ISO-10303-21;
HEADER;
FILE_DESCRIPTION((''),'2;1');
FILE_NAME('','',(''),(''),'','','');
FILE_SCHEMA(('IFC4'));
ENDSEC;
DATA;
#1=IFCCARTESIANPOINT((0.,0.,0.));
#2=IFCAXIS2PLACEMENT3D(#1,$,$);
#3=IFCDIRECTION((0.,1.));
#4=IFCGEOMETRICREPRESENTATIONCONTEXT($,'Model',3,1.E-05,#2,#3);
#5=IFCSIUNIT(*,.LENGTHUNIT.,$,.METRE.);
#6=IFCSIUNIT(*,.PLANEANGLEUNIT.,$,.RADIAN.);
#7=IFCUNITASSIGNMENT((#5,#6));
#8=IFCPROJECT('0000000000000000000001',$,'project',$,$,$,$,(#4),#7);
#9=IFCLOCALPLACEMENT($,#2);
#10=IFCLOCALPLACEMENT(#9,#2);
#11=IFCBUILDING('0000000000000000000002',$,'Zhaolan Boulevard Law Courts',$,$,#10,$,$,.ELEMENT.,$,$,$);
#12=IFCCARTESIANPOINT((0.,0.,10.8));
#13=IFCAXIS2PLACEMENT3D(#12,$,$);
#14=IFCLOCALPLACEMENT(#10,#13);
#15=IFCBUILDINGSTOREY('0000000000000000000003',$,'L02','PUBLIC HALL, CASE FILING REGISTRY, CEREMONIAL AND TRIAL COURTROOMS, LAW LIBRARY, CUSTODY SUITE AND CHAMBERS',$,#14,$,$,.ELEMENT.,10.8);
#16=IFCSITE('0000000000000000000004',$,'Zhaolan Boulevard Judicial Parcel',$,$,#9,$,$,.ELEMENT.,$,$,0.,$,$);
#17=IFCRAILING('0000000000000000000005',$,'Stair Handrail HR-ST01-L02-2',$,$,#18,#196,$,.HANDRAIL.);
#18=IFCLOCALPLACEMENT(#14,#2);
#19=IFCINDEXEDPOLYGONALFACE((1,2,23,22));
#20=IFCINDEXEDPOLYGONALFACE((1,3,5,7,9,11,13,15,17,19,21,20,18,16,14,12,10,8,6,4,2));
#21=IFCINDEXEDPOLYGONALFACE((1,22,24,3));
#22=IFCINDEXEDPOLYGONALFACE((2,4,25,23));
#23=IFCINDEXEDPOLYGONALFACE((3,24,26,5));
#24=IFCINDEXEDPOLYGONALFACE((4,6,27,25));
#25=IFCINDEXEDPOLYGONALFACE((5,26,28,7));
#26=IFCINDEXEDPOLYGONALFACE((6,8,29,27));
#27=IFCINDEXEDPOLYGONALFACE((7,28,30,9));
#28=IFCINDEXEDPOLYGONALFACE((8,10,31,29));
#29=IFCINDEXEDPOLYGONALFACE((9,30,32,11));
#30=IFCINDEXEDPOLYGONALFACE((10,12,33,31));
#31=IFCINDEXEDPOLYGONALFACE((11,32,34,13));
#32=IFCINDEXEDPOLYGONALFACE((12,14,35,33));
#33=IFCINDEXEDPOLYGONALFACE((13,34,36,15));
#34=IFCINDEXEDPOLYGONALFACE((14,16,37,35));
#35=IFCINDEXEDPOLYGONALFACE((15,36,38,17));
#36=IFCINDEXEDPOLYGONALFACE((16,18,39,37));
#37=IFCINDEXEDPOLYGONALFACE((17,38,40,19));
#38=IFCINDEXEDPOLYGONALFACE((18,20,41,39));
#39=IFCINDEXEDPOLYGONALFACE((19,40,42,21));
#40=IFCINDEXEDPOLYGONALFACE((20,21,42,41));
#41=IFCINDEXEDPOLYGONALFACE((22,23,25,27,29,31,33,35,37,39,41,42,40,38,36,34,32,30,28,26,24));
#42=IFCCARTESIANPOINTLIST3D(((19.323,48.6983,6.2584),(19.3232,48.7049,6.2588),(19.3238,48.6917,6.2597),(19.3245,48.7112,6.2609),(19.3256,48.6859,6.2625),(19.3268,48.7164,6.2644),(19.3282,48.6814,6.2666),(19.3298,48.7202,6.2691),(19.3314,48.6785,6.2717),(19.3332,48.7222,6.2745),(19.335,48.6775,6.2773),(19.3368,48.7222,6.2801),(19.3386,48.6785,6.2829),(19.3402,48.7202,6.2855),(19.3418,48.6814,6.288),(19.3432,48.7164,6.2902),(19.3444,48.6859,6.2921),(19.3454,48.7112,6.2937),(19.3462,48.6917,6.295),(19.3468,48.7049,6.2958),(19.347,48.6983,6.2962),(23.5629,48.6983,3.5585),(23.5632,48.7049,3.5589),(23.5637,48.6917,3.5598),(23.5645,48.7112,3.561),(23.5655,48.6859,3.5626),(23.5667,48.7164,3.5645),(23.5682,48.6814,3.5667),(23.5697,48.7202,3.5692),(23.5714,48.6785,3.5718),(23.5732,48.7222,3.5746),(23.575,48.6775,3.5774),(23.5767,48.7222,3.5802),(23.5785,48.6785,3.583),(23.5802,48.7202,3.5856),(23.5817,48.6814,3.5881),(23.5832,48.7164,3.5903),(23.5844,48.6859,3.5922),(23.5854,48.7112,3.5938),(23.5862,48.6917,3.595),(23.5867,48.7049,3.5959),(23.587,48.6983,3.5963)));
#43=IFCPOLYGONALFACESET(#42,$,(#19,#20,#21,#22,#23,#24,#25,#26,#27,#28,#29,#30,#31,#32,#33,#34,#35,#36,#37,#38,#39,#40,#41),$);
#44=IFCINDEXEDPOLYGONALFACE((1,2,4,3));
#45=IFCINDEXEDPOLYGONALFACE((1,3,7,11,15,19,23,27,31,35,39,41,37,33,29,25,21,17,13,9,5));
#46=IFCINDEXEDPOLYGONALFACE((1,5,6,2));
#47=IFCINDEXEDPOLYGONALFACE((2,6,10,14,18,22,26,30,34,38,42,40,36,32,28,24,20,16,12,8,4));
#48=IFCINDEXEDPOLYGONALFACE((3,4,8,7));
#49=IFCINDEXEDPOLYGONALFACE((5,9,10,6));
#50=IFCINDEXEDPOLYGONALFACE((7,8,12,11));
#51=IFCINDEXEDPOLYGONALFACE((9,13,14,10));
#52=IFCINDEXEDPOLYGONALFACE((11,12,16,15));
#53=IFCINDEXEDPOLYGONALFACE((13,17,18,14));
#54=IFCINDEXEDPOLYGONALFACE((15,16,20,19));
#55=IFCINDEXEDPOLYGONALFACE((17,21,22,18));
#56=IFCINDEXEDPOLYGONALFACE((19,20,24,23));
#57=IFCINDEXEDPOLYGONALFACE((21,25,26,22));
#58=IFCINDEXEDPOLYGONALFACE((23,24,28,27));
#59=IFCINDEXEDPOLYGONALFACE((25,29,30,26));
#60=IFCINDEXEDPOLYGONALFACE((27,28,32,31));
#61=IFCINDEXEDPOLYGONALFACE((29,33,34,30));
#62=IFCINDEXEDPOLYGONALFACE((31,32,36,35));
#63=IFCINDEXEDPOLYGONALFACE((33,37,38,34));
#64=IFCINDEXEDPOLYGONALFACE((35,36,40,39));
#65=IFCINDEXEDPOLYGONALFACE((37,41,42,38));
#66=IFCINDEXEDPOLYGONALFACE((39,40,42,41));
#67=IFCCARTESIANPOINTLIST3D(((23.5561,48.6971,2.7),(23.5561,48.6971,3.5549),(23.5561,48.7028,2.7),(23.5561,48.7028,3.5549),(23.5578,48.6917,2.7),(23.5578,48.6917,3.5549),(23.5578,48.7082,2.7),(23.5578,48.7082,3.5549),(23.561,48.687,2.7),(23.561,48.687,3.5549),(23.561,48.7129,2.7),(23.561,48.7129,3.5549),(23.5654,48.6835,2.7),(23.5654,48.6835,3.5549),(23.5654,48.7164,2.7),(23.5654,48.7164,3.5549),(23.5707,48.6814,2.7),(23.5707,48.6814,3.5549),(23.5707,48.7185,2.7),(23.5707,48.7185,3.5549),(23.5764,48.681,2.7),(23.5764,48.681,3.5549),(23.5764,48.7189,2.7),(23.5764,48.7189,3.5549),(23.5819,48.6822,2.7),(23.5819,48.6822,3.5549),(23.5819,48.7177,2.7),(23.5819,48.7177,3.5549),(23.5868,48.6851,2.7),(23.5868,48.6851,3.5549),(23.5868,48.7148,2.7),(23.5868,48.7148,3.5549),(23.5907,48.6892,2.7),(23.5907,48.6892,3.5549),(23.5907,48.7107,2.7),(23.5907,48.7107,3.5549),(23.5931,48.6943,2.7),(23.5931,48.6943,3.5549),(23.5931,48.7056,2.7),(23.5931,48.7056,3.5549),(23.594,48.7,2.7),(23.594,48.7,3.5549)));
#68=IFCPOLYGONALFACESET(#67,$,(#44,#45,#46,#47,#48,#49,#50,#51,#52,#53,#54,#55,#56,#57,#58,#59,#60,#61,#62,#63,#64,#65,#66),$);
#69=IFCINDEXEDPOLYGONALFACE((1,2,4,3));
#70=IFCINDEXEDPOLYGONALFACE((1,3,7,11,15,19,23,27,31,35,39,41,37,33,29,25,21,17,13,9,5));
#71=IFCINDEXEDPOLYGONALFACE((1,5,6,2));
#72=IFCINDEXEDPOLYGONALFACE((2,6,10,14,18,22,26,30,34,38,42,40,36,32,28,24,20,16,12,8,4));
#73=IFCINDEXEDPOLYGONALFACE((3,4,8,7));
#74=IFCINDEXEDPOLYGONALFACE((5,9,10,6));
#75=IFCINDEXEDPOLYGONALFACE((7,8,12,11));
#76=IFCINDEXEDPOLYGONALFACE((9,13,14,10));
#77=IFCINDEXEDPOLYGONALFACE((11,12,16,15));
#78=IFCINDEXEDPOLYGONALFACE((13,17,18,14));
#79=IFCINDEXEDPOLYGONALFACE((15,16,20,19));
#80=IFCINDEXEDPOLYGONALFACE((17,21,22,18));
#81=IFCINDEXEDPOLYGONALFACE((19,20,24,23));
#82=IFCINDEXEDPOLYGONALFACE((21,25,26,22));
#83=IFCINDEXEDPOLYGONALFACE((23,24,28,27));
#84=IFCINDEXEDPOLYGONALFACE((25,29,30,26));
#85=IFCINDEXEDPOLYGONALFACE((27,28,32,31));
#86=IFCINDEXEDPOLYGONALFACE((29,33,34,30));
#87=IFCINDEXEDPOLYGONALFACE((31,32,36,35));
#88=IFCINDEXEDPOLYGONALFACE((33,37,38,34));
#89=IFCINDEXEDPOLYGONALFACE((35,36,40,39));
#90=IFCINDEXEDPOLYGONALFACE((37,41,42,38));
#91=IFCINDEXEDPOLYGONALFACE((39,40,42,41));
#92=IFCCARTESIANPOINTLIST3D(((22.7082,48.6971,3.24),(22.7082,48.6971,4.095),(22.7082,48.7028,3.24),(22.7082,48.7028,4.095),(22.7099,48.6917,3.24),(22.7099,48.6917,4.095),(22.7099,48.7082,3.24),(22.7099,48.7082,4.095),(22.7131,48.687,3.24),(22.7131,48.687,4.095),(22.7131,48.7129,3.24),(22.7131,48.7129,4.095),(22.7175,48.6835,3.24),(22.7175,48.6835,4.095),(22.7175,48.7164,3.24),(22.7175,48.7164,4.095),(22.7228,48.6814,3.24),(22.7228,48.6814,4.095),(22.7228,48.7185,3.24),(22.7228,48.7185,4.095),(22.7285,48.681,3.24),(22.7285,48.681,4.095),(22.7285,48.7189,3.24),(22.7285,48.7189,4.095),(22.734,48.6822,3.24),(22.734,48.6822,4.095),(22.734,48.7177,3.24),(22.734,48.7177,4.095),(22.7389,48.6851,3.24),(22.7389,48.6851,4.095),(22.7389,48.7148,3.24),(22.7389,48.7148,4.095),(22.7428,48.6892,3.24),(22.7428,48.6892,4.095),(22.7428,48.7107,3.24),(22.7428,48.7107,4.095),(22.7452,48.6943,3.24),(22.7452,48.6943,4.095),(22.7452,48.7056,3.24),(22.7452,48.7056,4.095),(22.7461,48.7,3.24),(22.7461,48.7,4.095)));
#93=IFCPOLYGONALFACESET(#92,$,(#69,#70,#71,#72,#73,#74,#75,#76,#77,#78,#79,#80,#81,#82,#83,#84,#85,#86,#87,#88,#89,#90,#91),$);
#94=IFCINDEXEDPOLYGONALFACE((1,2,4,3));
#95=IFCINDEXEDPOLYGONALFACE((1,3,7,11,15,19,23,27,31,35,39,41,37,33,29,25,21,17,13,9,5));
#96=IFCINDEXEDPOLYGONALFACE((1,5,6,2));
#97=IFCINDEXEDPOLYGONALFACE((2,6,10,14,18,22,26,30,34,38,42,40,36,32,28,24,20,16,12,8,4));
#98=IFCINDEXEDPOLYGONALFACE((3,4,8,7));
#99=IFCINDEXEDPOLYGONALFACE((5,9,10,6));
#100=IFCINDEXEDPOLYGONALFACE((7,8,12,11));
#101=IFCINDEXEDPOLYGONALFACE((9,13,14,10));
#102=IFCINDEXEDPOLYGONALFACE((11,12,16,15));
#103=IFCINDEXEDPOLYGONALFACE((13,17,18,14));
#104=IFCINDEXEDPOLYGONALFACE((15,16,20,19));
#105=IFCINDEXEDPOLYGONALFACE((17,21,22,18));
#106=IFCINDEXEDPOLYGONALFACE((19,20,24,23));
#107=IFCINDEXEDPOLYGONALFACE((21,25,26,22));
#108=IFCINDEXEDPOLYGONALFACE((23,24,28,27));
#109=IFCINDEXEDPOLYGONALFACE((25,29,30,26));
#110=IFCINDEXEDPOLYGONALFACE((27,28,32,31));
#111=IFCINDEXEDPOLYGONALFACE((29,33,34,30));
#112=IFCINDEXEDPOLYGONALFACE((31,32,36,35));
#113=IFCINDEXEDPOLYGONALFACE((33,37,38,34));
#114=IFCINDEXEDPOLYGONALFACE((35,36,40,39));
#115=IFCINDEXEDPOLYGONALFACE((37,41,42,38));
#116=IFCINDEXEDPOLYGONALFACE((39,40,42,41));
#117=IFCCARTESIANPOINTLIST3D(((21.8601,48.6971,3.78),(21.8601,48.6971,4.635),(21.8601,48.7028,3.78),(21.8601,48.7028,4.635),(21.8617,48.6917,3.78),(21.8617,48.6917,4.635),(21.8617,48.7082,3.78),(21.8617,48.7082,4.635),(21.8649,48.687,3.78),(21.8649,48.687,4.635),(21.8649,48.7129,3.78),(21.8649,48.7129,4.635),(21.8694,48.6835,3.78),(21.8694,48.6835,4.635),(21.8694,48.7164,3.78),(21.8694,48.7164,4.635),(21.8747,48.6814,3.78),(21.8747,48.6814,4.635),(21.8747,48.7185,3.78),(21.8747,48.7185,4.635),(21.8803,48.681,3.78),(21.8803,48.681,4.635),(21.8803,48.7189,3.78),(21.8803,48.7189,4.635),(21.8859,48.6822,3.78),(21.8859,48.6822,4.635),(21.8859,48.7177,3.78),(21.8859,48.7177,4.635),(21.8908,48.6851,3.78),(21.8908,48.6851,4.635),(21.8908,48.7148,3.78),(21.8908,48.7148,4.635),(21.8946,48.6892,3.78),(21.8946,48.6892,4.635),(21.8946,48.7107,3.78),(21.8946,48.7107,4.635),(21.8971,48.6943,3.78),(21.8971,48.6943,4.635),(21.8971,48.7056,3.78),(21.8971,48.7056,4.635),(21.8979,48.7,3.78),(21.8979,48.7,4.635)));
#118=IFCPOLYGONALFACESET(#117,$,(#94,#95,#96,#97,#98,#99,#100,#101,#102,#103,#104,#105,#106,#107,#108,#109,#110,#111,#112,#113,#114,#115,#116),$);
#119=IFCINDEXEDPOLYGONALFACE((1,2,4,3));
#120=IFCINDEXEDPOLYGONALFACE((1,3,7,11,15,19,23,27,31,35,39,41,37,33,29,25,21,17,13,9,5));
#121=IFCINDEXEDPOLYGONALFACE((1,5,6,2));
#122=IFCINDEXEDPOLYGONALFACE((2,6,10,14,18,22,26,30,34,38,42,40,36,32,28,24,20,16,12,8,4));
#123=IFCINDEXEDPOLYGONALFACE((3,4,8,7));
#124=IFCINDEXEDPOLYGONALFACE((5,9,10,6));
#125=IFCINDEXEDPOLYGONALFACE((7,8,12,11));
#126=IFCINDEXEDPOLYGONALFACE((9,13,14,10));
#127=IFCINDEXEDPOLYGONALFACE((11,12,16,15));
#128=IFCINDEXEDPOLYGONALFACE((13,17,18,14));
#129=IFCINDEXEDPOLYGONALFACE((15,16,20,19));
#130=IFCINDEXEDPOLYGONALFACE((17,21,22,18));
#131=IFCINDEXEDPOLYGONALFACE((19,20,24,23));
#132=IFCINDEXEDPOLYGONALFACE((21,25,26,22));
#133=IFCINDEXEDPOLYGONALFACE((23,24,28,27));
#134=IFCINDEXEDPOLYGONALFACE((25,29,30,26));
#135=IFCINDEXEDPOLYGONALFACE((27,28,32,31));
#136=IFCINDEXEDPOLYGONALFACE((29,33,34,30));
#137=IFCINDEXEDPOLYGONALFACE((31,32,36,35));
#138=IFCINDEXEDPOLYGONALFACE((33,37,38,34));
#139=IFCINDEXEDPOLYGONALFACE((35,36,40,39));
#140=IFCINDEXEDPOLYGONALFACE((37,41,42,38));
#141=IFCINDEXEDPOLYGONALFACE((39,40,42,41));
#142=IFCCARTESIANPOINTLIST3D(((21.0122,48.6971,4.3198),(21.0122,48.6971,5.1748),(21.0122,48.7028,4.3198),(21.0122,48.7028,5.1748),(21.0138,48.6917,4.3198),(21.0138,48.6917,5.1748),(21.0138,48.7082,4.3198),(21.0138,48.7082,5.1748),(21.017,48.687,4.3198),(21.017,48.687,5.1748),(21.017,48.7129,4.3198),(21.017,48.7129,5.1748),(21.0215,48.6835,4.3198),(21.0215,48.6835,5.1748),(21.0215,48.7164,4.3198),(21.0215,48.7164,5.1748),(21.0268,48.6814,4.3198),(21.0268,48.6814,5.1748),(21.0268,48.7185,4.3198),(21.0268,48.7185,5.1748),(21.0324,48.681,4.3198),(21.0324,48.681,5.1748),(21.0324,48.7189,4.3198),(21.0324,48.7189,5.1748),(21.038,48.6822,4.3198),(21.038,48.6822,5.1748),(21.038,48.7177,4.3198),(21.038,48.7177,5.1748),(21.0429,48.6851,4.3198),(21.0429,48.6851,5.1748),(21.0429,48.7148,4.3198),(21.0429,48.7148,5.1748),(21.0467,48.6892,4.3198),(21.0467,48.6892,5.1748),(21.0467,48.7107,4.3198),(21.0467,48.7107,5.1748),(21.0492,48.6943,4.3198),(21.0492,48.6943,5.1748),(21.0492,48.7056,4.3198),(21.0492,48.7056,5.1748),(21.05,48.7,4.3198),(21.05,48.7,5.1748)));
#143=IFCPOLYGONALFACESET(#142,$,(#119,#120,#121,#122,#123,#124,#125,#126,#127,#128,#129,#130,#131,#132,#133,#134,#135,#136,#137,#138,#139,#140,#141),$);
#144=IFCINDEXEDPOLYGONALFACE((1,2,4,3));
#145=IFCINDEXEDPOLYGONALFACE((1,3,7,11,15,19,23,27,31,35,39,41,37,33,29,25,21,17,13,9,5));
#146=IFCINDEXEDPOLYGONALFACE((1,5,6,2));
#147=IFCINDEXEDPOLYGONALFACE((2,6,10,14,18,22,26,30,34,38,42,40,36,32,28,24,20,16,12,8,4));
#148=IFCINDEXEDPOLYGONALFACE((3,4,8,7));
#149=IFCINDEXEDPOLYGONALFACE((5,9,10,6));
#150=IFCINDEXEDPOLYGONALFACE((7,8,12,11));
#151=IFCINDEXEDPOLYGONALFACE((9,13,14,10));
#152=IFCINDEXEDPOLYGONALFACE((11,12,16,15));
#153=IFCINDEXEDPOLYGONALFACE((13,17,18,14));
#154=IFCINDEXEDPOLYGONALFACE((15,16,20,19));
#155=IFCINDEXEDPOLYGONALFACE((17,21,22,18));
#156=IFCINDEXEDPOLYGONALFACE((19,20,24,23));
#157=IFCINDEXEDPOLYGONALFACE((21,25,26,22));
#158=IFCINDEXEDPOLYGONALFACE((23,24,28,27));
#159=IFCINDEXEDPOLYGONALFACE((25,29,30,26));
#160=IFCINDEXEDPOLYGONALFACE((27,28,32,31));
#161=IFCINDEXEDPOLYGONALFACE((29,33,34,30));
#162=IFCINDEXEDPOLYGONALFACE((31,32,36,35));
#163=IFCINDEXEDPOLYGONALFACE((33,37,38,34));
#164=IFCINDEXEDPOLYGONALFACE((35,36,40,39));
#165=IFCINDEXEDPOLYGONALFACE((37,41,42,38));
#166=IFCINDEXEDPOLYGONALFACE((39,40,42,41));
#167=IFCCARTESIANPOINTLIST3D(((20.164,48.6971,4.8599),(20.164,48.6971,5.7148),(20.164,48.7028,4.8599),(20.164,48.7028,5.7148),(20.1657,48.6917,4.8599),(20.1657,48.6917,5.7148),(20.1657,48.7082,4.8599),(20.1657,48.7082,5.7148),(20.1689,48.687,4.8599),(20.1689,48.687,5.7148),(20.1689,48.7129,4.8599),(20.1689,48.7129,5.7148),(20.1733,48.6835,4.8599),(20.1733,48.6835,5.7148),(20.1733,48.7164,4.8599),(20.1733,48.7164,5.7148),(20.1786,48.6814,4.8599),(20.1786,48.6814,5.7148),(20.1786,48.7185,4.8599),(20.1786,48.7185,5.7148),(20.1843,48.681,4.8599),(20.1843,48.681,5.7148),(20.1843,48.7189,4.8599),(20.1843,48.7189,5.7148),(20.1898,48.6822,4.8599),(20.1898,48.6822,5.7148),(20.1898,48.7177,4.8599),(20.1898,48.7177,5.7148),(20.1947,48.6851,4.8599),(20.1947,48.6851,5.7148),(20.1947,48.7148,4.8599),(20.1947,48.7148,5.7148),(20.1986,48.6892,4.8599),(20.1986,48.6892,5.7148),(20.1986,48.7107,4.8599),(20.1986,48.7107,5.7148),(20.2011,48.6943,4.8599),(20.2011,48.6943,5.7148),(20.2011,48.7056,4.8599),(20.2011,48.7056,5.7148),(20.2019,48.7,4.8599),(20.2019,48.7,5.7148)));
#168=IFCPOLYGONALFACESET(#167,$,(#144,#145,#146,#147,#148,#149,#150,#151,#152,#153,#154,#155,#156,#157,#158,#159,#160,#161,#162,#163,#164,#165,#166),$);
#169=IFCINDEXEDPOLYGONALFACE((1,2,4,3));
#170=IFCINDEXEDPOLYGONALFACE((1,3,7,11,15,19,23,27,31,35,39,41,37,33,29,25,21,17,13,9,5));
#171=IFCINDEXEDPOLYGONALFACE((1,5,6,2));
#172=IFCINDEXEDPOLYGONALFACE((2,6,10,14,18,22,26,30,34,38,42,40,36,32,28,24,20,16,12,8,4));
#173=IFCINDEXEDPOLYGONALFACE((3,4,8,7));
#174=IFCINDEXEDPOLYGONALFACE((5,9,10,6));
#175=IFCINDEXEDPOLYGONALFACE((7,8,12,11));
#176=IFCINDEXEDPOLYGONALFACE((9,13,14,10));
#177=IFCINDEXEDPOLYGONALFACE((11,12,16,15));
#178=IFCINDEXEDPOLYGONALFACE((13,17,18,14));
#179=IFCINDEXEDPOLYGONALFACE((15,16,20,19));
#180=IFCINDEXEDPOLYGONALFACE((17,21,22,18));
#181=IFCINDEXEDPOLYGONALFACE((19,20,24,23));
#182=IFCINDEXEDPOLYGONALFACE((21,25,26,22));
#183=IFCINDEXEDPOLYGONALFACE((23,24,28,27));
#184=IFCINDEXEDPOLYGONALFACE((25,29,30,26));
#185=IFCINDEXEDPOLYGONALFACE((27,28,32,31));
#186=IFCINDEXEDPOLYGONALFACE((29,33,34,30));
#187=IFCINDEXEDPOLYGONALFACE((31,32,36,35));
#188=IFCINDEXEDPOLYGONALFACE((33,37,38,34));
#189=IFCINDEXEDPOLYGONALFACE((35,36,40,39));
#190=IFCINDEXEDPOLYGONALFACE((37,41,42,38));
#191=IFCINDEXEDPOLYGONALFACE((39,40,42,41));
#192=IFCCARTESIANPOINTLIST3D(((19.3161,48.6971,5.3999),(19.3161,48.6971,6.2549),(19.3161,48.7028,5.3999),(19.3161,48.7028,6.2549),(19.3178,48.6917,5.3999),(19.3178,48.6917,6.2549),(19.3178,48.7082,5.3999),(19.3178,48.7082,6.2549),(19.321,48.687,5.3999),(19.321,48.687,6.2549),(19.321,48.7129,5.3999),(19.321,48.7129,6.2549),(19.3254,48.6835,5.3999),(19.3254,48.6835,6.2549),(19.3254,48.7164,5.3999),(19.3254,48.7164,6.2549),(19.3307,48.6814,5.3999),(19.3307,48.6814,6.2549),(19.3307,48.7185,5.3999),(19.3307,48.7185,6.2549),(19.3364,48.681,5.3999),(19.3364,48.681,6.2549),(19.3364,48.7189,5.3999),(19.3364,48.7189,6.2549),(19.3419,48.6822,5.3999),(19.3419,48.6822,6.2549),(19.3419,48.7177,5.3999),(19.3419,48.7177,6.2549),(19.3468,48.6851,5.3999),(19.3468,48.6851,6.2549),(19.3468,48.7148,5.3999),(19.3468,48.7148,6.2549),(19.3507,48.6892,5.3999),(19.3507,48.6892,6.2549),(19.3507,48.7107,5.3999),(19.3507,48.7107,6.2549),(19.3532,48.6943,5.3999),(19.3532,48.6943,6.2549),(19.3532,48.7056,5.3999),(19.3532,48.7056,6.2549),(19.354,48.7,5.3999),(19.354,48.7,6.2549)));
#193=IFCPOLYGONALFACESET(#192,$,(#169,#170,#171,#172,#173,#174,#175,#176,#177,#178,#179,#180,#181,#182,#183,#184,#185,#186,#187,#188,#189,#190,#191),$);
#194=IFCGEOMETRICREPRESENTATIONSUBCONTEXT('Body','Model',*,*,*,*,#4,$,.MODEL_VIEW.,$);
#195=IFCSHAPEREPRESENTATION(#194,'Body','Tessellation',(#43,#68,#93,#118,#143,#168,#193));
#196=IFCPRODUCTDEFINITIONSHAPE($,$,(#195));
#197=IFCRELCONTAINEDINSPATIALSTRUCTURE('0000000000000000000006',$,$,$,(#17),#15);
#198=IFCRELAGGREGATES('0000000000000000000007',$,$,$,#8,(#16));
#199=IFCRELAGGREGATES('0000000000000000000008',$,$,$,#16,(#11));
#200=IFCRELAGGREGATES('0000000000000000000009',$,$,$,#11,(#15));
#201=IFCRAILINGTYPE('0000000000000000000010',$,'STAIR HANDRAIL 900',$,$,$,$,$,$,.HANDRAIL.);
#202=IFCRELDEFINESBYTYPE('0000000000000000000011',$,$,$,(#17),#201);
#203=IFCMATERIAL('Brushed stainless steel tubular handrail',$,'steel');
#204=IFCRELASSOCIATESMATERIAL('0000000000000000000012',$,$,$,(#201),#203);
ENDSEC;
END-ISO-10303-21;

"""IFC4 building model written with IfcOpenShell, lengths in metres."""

from ifc_helpers import new_model, si_unit, direction, frame, origin, origin_2d, place, context, subcontext, project, spatial, circle, extrude, material, type_object, element, save


model = new_model("IFC4")

# Units and contexts
model_context = context("Model", 3, precision=1e-05, world=origin(), true_north=direction((0.0, 1.0)))
body_context = subcontext(model_context, "Body", "Model", "MODEL_VIEW")
ifc_project = project(units=[si_unit("LENGTHUNIT", "METRE"), si_unit("PLANEANGLEUNIT", "RADIAN")], contexts=[model_context])

# Site, building, storey
site_placement = place(None, origin())
site = spatial("IfcSite", under=ifc_project, at=site_placement, Name="Zhaolan Boulevard Judicial Parcel", CompositionType="ELEMENT", RefElevation=0.0)
building_placement = place(site_placement, origin())
building = spatial("IfcBuilding", under=site, at=building_placement, Name="Zhaolan Boulevard Law Courts", CompositionType="ELEMENT")
storey_placement = place(building_placement, frame((0.0, 0.0, 10.8)))
storey = spatial("IfcBuildingStorey", under=building, at=storey_placement, Name="L02", Description="PUBLIC HALL, CASE FILING REGISTRY, CEREMONIAL AND TRIAL COURTROOMS, LAW LIBRARY, CUSTODY SUITE AND CHAMBERS", CompositionType="ELEMENT", Elevation=10.8)

# Railing
ifc_material_1 = material(Name="Brushed stainless steel tubular handrail", Category="steel")
railing_type_1 = type_object("IfcRailingType", Name="STAIR HANDRAIL 900", PredefinedType="HANDRAIL", material=ifc_material_1)
railing_1_placement = place(storey_placement, frame((23.575, 48.7, 2.7)))
element("IfcRailing", 1, at=railing_1_placement, inside=storey, type_object=railing_type_1, Name="Stair Handrail HR-ST01-L02-2", PredefinedType="HANDRAIL", context=body_context, shape_type="SweptSolid", body=[
    extrude(circle(Radius=0.0225, at=origin_2d()), frame((0.0, 0.0, 0.8774), z_axis=(-0.843501, 0.0, 0.537127), x_axis=(0.0, -1.0, 0.0)), (0.0, 0.0, 1.0), 5.0266),
    extrude(circle(Radius=0.019, at=origin_2d()), origin(), (0.0, 0.0, 1.0), 0.855),
    extrude(circle(Radius=0.019, at=origin_2d()), frame((-0.8479, 0.0, 0.54)), (0.0, 0.0, 1.0), 0.855),
    extrude(circle(Radius=0.019, at=origin_2d()), frame((-1.696, 0.0, 1.0801)), (0.0, 0.0, 1.0), 0.855),
    extrude(circle(Radius=0.019, at=origin_2d()), frame((-2.5439, 0.0, 1.6199)), (0.0, 0.0, 1.0), 0.855),
    extrude(circle(Radius=0.019, at=origin_2d()), frame((-3.3921, 0.0, 2.1599)), (0.0, 0.0, 1.0), 0.855),
    extrude(circle(Radius=0.019, at=origin_2d()), frame((-4.24, 0.0, 2.7)), (0.0, 0.0, 1.0), 0.855),
])

save(model, "model.ifc")
